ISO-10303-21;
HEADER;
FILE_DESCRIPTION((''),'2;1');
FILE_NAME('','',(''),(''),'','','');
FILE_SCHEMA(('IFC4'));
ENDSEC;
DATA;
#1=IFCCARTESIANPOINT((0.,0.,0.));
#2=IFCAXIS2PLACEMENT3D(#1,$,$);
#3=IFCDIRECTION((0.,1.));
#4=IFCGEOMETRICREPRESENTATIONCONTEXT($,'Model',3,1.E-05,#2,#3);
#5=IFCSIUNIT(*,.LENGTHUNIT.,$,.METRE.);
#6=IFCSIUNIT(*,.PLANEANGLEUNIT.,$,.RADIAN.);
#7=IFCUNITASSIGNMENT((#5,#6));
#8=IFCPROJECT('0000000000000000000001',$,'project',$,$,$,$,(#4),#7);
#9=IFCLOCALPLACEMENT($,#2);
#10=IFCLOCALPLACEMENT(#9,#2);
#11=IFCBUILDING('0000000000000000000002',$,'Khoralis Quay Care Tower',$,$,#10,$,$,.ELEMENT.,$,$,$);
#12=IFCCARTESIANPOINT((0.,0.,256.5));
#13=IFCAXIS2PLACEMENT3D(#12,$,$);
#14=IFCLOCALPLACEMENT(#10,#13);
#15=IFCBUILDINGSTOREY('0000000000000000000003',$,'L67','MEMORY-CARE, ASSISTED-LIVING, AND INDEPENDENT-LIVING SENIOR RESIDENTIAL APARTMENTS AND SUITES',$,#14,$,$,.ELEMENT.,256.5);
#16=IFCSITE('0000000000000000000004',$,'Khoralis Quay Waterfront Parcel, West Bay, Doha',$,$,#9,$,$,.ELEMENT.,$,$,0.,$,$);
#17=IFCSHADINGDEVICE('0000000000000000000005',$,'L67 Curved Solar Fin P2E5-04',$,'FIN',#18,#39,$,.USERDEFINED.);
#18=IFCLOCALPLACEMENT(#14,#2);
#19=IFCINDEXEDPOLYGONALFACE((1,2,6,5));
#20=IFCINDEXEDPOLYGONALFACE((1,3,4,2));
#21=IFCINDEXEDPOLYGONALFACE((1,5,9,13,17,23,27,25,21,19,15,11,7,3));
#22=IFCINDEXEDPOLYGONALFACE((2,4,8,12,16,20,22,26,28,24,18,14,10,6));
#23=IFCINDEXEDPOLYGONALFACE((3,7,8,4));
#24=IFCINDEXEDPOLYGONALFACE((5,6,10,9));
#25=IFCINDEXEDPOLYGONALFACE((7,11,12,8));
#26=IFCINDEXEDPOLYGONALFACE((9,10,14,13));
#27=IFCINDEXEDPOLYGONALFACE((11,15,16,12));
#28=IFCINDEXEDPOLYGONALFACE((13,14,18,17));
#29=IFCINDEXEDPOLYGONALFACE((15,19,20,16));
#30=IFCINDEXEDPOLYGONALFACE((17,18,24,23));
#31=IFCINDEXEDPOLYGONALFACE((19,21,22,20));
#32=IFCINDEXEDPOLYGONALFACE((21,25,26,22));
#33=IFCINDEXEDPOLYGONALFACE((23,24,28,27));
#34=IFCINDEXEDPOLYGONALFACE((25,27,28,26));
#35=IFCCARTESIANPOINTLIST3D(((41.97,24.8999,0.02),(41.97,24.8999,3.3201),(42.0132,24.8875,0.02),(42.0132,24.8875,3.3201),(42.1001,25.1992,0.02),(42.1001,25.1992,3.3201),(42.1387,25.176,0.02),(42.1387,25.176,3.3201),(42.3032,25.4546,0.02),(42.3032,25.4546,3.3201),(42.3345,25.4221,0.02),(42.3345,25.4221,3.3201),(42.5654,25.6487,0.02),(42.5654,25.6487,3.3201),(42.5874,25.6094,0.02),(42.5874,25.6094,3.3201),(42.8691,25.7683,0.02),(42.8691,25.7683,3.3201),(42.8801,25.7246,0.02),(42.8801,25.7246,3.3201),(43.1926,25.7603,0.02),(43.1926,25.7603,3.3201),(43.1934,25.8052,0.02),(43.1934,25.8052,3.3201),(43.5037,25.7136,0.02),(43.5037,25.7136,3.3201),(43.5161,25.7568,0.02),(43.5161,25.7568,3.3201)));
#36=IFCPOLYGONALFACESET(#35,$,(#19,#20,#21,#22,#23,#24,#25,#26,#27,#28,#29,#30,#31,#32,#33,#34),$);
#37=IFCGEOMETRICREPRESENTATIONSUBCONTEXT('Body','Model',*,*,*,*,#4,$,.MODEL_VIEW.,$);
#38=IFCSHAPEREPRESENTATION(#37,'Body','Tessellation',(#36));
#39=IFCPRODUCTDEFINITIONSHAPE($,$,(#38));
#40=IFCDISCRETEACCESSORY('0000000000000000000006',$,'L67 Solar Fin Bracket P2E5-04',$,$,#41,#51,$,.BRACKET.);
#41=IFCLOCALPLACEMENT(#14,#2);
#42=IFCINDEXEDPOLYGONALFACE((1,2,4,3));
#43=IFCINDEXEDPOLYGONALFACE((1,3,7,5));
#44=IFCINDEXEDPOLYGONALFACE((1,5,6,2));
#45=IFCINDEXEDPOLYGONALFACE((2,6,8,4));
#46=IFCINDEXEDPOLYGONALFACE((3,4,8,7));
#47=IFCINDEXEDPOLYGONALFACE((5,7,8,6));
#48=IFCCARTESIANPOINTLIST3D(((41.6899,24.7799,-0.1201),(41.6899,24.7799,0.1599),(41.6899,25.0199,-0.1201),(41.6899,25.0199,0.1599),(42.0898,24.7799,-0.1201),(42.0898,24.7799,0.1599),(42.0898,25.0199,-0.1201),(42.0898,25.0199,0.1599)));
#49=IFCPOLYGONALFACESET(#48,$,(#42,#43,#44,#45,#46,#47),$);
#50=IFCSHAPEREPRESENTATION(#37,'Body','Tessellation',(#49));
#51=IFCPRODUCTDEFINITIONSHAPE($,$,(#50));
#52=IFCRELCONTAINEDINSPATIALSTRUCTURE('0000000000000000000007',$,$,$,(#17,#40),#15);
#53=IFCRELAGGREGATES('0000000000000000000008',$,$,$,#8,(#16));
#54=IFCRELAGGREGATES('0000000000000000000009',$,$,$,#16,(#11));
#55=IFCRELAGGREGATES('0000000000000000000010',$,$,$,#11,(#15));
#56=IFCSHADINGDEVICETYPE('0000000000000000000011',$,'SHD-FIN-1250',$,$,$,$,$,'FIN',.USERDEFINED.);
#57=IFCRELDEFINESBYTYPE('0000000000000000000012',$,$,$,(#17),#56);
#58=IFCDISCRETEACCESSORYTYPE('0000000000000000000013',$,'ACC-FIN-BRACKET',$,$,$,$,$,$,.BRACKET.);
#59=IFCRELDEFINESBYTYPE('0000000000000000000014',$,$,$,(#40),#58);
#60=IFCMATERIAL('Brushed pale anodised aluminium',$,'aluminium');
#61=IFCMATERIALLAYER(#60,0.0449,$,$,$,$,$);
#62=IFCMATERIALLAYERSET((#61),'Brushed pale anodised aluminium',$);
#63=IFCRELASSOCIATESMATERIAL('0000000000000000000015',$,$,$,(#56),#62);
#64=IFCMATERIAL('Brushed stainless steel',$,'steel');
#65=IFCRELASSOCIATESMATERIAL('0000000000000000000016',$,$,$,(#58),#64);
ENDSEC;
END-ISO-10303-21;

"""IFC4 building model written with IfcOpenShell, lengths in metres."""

from ifc_helpers import new_model, si_unit, direction, frame, origin, origin_2d, place, context, subcontext, project, spatial, polyline, rectangle, outline, extrude, source, transform, mapped, material, layer, layer_set, type_object, element, save


model = new_model("IFC4")

# Units and contexts
model_context = context("Model", 3, precision=1e-05, world=origin(), true_north=direction((0.0, 1.0)))
body_context = subcontext(model_context, "Body", "Model", "MODEL_VIEW")
ifc_project = project(units=[si_unit("LENGTHUNIT", "METRE"), si_unit("PLANEANGLEUNIT", "RADIAN")], contexts=[model_context])

# Site, building, storey
site_placement = place(None, origin())
site = spatial("IfcSite", under=ifc_project, at=site_placement, Name="Khoralis Quay Waterfront Parcel, West Bay, Doha", CompositionType="ELEMENT", RefElevation=0.0)
building_placement = place(site_placement, origin())
building = spatial("IfcBuilding", under=site, at=building_placement, Name="Khoralis Quay Care Tower", CompositionType="ELEMENT")
storey_placement = place(building_placement, frame((0.0, 0.0, 256.5)))
storey = spatial("IfcBuildingStorey", under=building, at=storey_placement, Name="L67", Description="MEMORY-CARE, ASSISTED-LIVING, AND INDEPENDENT-LIVING SENIOR RESIDENTIAL APARTMENTS AND SUITES", CompositionType="ELEMENT", Elevation=256.5)

# Shading device
ifc_material_1 = material(Name="Brushed pale anodised aluminium", Category="aluminium")
ifc_layer_1 = layer(ifc_material_1, 0.0449)
ifc_layer_set_1 = layer_set([ifc_layer_1], Name="Brushed pale anodised aluminium")
shading_device_type = type_object("IfcShadingDeviceType", Name="SHD-FIN-1250", ElementType="FIN", PredefinedType="USERDEFINED", material=ifc_layer_set_1)
shared_shape_1 = source(origin(), body_context, "Body", "SweptSolid", [
    extrude(outline(polyline([(0.0, 0.0), (0.1301, 0.2993), (0.3333, 0.5547), (0.5955, 0.7488), (0.8992, 0.8684), (1.2234, 0.9053), (1.5461, 0.8569), (1.5337, 0.8137), (1.2227, 0.8604), (0.9102, 0.8247), (0.6174, 0.7095), (0.3645, 0.5222), (0.1687, 0.2761), (0.0432, -0.0125), (0.0, 0.0)])), origin(), (0.0, 0.0, 1.0), 3.3),
])
shading_device_placement = place(storey_placement, frame((41.97, 24.8999, 0.02), z_axis=(0.0, 0.0, 1.0), x_axis=(1.0, 0.0, 0.0)))
element("IfcShadingDevice", 1, at=shading_device_placement, inside=storey, type_object=shading_device_type, Name="L67 Curved Solar Fin P2E5-04", ObjectType="FIN", PredefinedType="USERDEFINED", context=body_context, shape_type="MappedRepresentation", body=[
    mapped(shared_shape_1, transform((0.0, 0.0, 0.0), scale=1.0)),
])

# Discrete accessory
ifc_material_2 = material(Name="Brushed stainless steel", Category="steel")
discrete_accessory_type = type_object("IfcDiscreteAccessoryType", Name="ACC-FIN-BRACKET", PredefinedType="BRACKET", material=ifc_material_2)
shared_shape_2 = source(origin(), body_context, "Body", "SweptSolid", [
    extrude(rectangle(XDim=0.3999, YDim=0.24, at=origin_2d()), origin(), (0.0, 0.0, 1.0), 0.28),
])
discrete_accessory_placement = place(storey_placement, frame((41.8899, 24.8999, -0.1201), z_axis=(0.0, 0.0, 1.0), x_axis=(1.0, 0.0, 0.0)))
element("IfcDiscreteAccessory", 2, at=discrete_accessory_placement, inside=storey, type_object=discrete_accessory_type, Name="L67 Solar Fin Bracket P2E5-04", PredefinedType="BRACKET", context=body_context, shape_type="MappedRepresentation", body=[
    mapped(shared_shape_2, transform((0.0, 0.0, 0.0), scale=1.0)),
])

save(model, "model.ifc")
